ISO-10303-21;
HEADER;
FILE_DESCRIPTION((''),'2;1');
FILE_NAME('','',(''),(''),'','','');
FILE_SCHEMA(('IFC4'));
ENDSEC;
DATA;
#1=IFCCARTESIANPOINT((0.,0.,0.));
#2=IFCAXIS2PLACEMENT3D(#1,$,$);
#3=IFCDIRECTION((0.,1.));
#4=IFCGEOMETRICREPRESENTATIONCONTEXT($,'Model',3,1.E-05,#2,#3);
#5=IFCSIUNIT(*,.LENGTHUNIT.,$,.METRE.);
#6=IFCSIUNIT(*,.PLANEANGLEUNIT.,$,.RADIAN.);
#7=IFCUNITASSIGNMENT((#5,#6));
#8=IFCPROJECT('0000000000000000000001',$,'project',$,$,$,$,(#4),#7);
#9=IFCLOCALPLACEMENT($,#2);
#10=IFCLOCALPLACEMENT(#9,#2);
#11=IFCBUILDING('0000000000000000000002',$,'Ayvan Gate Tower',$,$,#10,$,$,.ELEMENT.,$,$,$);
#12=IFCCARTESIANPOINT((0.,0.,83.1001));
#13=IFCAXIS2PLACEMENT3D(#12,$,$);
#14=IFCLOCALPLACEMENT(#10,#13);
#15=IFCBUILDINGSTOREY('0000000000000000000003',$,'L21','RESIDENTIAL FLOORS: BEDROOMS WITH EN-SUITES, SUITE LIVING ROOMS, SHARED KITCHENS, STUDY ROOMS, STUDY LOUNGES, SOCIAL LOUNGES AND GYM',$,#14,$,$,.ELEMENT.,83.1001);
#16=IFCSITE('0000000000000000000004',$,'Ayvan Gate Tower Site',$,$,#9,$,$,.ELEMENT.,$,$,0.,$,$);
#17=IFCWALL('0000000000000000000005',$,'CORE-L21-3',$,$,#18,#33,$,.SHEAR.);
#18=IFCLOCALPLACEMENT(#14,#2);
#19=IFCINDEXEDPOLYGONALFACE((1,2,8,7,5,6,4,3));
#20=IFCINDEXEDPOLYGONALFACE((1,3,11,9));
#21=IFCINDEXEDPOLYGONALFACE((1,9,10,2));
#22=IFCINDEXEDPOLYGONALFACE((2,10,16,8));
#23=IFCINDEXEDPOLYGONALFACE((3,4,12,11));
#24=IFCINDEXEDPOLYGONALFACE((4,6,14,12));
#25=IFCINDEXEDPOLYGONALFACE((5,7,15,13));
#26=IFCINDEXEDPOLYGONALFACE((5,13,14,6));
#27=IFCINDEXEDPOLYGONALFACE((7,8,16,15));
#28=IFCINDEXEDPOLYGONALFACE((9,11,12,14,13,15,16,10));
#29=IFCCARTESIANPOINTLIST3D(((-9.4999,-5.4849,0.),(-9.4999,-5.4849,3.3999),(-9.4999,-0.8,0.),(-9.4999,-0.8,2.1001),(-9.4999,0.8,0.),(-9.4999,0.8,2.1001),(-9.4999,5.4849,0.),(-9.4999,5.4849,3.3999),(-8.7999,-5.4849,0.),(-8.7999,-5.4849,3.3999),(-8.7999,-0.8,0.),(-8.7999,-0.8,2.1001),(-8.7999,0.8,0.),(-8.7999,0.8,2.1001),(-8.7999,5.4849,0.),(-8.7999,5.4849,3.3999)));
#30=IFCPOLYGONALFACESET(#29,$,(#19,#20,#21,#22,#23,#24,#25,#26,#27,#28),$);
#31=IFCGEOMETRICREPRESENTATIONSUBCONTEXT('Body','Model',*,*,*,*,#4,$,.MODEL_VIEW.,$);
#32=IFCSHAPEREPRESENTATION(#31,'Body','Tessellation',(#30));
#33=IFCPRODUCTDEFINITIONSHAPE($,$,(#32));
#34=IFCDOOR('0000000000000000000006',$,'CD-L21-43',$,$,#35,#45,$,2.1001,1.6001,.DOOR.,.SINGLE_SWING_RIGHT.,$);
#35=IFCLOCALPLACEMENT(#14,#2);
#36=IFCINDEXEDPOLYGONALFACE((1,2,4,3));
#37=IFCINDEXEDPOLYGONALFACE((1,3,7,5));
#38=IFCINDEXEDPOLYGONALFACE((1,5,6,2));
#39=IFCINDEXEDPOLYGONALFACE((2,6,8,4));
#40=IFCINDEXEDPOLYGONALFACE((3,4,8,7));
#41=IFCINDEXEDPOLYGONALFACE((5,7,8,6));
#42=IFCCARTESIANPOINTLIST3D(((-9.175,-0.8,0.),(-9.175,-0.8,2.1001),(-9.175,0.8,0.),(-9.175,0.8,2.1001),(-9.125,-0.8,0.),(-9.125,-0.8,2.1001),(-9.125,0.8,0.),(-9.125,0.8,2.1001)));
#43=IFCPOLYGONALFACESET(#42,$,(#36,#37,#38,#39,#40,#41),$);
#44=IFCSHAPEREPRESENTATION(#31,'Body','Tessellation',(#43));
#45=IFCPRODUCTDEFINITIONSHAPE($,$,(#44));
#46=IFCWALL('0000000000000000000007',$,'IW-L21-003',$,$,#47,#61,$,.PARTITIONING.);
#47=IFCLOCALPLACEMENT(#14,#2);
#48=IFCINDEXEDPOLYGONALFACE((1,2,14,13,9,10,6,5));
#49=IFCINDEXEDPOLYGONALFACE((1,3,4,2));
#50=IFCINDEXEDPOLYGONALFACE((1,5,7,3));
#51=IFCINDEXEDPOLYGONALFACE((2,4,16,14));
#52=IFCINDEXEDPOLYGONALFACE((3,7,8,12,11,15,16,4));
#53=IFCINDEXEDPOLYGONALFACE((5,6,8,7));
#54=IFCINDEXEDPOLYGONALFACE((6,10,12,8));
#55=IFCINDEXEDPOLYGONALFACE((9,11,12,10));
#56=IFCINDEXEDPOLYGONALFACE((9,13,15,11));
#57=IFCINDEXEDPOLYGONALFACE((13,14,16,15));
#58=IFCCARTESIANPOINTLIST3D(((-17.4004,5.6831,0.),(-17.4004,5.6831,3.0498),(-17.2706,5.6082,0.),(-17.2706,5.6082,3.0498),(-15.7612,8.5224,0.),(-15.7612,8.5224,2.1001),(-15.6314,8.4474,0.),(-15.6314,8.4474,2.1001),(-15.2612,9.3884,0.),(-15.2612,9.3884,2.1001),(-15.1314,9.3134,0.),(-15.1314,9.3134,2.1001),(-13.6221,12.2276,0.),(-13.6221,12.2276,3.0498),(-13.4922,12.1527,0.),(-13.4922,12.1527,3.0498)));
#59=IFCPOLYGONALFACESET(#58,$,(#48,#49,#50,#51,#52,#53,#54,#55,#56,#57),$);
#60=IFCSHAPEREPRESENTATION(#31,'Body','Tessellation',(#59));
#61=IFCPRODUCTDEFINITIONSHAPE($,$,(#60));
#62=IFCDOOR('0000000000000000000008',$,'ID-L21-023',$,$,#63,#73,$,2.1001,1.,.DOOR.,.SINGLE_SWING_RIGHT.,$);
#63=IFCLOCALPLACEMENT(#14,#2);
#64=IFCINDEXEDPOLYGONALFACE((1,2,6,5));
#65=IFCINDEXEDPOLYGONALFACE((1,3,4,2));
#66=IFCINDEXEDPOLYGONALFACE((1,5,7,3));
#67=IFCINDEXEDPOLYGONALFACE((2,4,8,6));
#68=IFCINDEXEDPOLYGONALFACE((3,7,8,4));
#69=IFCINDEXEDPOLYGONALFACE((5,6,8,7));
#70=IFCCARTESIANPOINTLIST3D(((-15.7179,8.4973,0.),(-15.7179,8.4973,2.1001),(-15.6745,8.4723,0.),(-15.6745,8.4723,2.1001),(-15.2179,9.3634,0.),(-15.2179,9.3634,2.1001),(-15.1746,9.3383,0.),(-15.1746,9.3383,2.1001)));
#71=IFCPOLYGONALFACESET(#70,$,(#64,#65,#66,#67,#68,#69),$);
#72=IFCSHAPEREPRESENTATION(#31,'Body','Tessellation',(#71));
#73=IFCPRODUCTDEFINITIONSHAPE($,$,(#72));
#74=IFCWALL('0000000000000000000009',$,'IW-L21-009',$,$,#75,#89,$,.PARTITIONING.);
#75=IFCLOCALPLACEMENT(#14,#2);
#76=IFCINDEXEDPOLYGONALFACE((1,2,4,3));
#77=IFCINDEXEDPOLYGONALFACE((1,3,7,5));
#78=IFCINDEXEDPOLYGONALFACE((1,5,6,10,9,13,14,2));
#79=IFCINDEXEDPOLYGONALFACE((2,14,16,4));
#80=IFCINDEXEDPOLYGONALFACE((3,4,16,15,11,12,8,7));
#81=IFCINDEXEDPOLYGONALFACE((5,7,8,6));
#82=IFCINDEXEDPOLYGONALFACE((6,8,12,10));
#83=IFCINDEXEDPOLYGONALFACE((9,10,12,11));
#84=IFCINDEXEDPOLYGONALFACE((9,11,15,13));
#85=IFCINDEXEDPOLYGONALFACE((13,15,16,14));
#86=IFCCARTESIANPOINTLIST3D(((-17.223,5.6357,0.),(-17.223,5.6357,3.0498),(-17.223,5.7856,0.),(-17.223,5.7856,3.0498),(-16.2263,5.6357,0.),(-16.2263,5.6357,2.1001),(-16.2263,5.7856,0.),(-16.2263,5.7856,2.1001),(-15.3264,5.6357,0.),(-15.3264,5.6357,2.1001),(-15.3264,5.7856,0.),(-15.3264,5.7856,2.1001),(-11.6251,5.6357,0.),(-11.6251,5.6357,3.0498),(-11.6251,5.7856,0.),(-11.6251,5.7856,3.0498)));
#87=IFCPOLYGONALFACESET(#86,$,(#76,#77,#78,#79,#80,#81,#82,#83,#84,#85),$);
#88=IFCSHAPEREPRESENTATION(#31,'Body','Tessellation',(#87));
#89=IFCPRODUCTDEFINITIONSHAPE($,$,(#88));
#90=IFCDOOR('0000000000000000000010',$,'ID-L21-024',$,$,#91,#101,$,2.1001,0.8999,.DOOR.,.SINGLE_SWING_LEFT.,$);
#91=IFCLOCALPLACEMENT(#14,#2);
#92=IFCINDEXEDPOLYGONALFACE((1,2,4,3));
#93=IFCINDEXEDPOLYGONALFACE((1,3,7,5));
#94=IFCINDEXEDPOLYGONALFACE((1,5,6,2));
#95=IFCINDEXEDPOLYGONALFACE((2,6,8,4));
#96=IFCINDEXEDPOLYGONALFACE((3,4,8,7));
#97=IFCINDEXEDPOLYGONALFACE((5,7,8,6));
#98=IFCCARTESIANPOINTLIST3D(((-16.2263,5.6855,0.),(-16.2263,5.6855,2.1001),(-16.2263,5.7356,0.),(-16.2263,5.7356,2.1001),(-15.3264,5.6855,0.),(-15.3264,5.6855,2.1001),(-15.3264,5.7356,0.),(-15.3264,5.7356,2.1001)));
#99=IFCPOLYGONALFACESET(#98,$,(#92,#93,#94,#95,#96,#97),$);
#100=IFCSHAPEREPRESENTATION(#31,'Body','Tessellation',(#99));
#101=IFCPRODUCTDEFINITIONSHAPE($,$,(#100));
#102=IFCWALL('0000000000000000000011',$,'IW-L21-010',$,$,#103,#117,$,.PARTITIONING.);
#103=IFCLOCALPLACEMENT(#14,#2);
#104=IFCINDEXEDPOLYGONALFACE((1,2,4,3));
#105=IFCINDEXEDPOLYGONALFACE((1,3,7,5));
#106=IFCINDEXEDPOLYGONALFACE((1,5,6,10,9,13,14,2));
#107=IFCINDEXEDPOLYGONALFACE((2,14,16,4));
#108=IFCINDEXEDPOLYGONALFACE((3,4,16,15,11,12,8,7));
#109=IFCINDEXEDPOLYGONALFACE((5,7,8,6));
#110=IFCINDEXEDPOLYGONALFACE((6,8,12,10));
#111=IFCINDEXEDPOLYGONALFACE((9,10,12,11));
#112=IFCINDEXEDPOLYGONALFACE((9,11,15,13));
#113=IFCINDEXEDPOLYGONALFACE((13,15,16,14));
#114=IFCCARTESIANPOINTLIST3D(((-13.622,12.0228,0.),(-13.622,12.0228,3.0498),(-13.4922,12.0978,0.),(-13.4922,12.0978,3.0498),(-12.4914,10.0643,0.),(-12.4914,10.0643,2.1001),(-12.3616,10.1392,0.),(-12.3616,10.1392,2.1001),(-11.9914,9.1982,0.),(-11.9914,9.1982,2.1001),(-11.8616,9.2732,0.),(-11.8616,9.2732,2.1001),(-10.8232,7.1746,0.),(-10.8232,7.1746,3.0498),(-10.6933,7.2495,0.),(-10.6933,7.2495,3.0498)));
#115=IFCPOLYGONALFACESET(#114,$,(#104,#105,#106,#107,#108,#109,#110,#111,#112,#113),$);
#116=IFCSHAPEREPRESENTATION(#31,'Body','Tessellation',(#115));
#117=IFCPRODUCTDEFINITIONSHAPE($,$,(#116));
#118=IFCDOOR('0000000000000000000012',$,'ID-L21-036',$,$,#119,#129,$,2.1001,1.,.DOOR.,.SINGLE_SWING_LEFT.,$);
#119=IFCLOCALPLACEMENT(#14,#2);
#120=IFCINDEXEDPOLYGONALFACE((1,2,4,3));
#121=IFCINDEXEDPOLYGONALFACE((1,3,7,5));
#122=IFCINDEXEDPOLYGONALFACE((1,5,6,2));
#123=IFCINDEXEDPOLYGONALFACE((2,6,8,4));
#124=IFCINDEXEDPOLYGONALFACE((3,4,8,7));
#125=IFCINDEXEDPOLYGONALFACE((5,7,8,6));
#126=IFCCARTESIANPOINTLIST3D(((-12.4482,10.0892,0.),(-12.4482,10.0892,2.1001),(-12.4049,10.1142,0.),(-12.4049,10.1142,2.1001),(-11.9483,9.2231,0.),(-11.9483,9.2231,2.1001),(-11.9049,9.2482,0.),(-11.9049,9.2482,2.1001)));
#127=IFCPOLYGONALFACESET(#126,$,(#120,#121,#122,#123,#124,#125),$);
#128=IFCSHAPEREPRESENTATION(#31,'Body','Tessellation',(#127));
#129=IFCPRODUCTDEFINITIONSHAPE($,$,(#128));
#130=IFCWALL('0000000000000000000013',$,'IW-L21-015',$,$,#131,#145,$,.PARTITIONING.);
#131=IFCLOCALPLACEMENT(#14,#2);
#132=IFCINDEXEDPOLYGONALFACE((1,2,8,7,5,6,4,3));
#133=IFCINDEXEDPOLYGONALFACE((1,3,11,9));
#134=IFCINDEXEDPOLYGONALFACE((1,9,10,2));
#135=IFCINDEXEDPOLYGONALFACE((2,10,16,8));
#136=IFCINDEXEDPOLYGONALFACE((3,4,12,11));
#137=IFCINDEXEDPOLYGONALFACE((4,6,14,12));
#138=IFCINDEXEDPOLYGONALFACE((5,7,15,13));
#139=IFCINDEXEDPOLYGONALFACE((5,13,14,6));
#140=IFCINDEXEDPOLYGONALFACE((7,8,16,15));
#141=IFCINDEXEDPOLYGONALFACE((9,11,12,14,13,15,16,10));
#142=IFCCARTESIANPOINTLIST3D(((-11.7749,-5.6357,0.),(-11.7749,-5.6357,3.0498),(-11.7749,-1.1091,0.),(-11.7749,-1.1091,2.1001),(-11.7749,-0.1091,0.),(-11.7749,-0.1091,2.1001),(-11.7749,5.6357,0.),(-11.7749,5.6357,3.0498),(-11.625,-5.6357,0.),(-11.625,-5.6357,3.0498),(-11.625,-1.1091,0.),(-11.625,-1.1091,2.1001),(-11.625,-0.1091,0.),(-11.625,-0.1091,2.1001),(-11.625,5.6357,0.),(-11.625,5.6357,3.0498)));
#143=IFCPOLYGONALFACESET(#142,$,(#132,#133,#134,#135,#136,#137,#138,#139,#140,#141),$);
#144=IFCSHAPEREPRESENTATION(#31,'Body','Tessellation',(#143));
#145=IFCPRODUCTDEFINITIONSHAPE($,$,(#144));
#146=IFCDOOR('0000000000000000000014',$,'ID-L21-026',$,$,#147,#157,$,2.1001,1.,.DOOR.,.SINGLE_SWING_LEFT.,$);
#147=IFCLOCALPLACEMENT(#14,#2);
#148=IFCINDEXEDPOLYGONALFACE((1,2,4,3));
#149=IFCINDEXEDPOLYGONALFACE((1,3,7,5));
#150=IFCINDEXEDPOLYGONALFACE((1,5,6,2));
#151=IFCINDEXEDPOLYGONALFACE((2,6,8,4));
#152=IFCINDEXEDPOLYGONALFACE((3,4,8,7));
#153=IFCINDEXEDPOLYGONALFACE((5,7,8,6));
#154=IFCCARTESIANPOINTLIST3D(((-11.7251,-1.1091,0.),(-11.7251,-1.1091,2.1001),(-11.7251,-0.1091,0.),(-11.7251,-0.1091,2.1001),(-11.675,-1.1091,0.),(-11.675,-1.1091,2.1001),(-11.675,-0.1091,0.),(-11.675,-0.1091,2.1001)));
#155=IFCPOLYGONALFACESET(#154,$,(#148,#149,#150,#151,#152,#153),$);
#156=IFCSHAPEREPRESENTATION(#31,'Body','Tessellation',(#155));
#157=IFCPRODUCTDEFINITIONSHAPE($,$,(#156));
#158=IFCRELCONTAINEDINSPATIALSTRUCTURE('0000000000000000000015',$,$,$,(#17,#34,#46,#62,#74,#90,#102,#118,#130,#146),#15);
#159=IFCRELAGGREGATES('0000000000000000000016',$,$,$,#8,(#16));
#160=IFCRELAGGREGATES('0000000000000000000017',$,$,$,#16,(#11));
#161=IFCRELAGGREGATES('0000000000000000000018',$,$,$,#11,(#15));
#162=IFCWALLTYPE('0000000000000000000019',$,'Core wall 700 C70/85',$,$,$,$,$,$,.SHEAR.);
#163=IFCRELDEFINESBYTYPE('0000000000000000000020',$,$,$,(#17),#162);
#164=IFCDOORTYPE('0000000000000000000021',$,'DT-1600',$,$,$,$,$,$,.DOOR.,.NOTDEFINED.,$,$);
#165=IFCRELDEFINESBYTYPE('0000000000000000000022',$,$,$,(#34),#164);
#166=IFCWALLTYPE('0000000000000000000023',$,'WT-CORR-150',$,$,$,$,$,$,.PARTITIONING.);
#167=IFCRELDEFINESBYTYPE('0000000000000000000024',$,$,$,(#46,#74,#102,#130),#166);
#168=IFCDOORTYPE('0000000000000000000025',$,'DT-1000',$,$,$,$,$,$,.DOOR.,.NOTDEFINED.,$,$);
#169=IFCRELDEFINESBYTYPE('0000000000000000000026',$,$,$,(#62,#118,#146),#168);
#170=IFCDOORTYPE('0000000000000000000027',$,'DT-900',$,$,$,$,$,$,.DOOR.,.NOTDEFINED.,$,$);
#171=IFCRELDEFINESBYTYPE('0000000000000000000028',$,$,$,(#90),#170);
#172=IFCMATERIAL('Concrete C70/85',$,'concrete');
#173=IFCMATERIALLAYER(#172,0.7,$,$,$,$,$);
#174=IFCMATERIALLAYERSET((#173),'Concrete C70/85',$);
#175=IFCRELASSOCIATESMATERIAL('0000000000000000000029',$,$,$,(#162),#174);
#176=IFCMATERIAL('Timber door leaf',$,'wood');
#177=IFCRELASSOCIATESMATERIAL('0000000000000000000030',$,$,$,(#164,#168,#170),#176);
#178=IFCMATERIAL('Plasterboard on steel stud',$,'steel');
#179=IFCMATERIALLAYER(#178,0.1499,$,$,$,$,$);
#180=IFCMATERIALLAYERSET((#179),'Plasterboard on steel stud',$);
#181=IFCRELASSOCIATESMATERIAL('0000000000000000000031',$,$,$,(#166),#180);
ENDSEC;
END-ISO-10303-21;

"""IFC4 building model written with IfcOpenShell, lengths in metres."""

from ifc_helpers import new_model, si_unit, direction, frame, frame_2d, origin, place, context, subcontext, project, spatial, rectangle, extrude, material, layer, layer_set, type_object, element, fill, save


model = new_model("IFC4")

# Units and contexts
model_context = context("Model", 3, precision=1e-05, world=origin(), true_north=direction((0.0, 1.0)))
body_context = subcontext(model_context, "Body", "Model", "MODEL_VIEW")
ifc_project = project(units=[si_unit("LENGTHUNIT", "METRE"), si_unit("PLANEANGLEUNIT", "RADIAN")], contexts=[model_context])

# Site, building, storey
site_placement = place(None, origin())
site = spatial("IfcSite", under=ifc_project, at=site_placement, Name="Ayvan Gate Tower Site", CompositionType="ELEMENT", RefElevation=0.0)
building_placement = place(site_placement, origin())
building = spatial("IfcBuilding", under=site, at=building_placement, Name="Ayvan Gate Tower", CompositionType="ELEMENT")
storey_placement = place(building_placement, frame((0.0, 0.0, 83.1001)))
storey = spatial("IfcBuildingStorey", under=building, at=storey_placement, Name="L21", Description="RESIDENTIAL FLOORS: BEDROOMS WITH EN-SUITES, SUITE LIVING ROOMS, SHARED KITCHENS, STUDY ROOMS, STUDY LOUNGES, SOCIAL LOUNGES AND GYM", CompositionType="ELEMENT", Elevation=83.1001)

# Walls, openings, doors
ifc_material_1 = material(Name="Concrete C70/85", Category="concrete")
ifc_layer_1 = layer(ifc_material_1, 0.7)
ifc_layer_set_1 = layer_set([ifc_layer_1], Name="Concrete C70/85")
wall_type_1 = type_object("IfcWallType", Name="Core wall 700 C70/85", PredefinedType="SHEAR", material=ifc_layer_set_1)
wall_1_placement = place(storey_placement, frame((-9.1499, 5.4849, 0.0), z_axis=(0.0, 0.0, 1.0), x_axis=(0.0, -1.0, 0.0)))
wall_1 = element("IfcWall", 1, at=wall_1_placement, inside=storey, type_object=wall_type_1, Name="CORE-L21-3", PredefinedType="SHEAR", context=body_context, shape_type="SweptSolid", body=[
    extrude(rectangle(XDim=10.9697, YDim=0.7, at=frame_2d((5.4849, 0.0))), origin(), (0.0, 0.0, 1.0), 3.3999),
])
opening_1_placement = place(wall_1_placement, frame((4.6848, 0.0, 0.0)))
opening_1 = element("IfcOpeningElement", 2, at=opening_1_placement, cuts=wall_1, PredefinedType="OPENING", context=body_context, shape_type="SweptSolid", body=[
    extrude(rectangle(XDim=1.6001, YDim=2.1001, at=frame_2d((0.8, 1.05))), frame((0.0, 0.3599, 0.0), z_axis=(0.0, -1.0, 0.0), x_axis=(1.0, 0.0, 0.0)), (0.0, 0.0, 1.0), 0.72),
])
ifc_material_2 = material(Name="Timber door leaf", Category="wood")
door_type_1 = type_object("IfcDoorType", Name="DT-1600", OperationType="NOTDEFINED", PredefinedType="DOOR", material=ifc_material_2)
door_1_placement = place(opening_1_placement, origin())
door_1 = element("IfcDoor", 3, at=door_1_placement, inside=storey, type_object=door_type_1, Name="CD-L21-43", OperationType="SINGLE_SWING_RIGHT", OverallHeight=2.1001, OverallWidth=1.6001, PredefinedType="DOOR", context=body_context, shape_type="SweptSolid", body=[
    extrude(rectangle(XDim=1.6001, YDim=2.1001, at=frame_2d((0.8, 1.05))), frame((0.0, 0.0249, 0.0), z_axis=(0.0, -1.0, 0.0), x_axis=(1.0, 0.0, 0.0)), (0.0, 0.0, 1.0), 0.05),
])
fill(opening_1, door_1)
ifc_material_3 = material(Name="Plasterboard on steel stud", Category="steel")
ifc_layer_2 = layer(ifc_material_3, 0.1499)
ifc_layer_set_2 = layer_set([ifc_layer_2], Name="Plasterboard on steel stud")
wall_type_2 = type_object("IfcWallType", Name="WT-CORR-150", PredefinedType="PARTITIONING", material=ifc_layer_set_2)
wall_2_placement = place(storey_placement, frame((-17.3354, 5.6458, 0.0), z_axis=(0.0, 0.0, 1.0), x_axis=(0.499989, 0.866032, 0.0)))
wall_2 = element("IfcWall", 4, at=wall_2_placement, inside=storey, type_object=wall_type_2, Name="IW-L21-003", PredefinedType="PARTITIONING", context=body_context, shape_type="SweptSolid", body=[
    extrude(rectangle(XDim=7.5569, YDim=0.1499, at=frame_2d((3.7783, 0.0))), origin(), (0.0, 0.0, 1.0), 3.0498),
])
opening_2_placement = place(wall_2_placement, frame((3.2783, 0.0, 0.0)))
opening_2 = element("IfcOpeningElement", 5, at=opening_2_placement, cuts=wall_2, PredefinedType="OPENING", context=body_context, shape_type="SweptSolid", body=[
    extrude(rectangle(XDim=1.0, YDim=2.1001, at=frame_2d((0.5, 1.05))), frame((0.0, 0.085, 0.0), z_axis=(0.0, -1.0, 0.0), x_axis=(1.0, 0.0, 0.0)), (0.0, 0.0, 1.0), 0.1699),
])
door_type_2 = type_object("IfcDoorType", Name="DT-1000", OperationType="NOTDEFINED", PredefinedType="DOOR", material=ifc_material_2)
door_2_placement = place(opening_2_placement, origin())
door_2 = element("IfcDoor", 6, at=door_2_placement, inside=storey, type_object=door_type_2, Name="ID-L21-023", OperationType="SINGLE_SWING_RIGHT", OverallHeight=2.1001, OverallWidth=1.0, PredefinedType="DOOR", context=body_context, shape_type="SweptSolid", body=[
    extrude(rectangle(XDim=1.0, YDim=2.1001, at=frame_2d((0.5, 1.05))), frame((0.0, 0.0249, 0.0), z_axis=(0.0, -1.0, 0.0), x_axis=(1.0, 0.0, 0.0)), (0.0, 0.0, 1.0), 0.05),
])
fill(opening_2, door_2)
wall_3_placement = place(storey_placement, frame((-17.2229, 5.7107, 0.0), z_axis=(0.0, 0.0, 1.0), x_axis=(1.0, 0.0, 0.0)))
wall_3 = element("IfcWall", 7, at=wall_3_placement, inside=storey, type_object=wall_type_2, Name="IW-L21-009", PredefinedType="PARTITIONING", context=body_context, shape_type="SweptSolid", body=[
    extrude(rectangle(XDim=5.5979, YDim=0.1499, at=frame_2d((2.7988, 0.0))), origin(), (0.0, 0.0, 1.0), 3.0498),
])
opening_3_placement = place(wall_3_placement, frame((0.9966, 0.0, 0.0)))
opening_3 = element("IfcOpeningElement", 8, at=opening_3_placement, cuts=wall_3, PredefinedType="OPENING", context=body_context, shape_type="SweptSolid", body=[
    extrude(rectangle(XDim=0.8999, YDim=2.1001, at=frame_2d((0.45, 1.05))), frame((0.0, 0.085, 0.0), z_axis=(0.0, -1.0, 0.0), x_axis=(1.0, 0.0, 0.0)), (0.0, 0.0, 1.0), 0.1699),
])
door_type_3 = type_object("IfcDoorType", Name="DT-900", OperationType="NOTDEFINED", PredefinedType="DOOR", material=ifc_material_2)
door_3_placement = place(opening_3_placement, origin())
door_3 = element("IfcDoor", 9, at=door_3_placement, inside=storey, type_object=door_type_3, Name="ID-L21-024", OperationType="SINGLE_SWING_LEFT", OverallHeight=2.1001, OverallWidth=0.8999, PredefinedType="DOOR", context=body_context, shape_type="SweptSolid", body=[
    extrude(rectangle(XDim=0.8999, YDim=2.1001, at=frame_2d((0.45, 1.05))), frame((0.0, 0.0249, 0.0), z_axis=(0.0, -1.0, 0.0), x_axis=(1.0, 0.0, 0.0)), (0.0, 0.0, 1.0), 0.05),
])
fill(opening_3, door_3)
wall_4_placement = place(storey_placement, frame((-13.5571, 12.0603, 0.0), z_axis=(0.0, 0.0, 1.0), x_axis=(0.499967, -0.866045, 0.0)))
wall_4 = element("IfcWall", 10, at=wall_4_placement, inside=storey, type_object=wall_type_2, Name="IW-L21-010", PredefinedType="PARTITIONING", context=body_context, shape_type="SweptSolid", body=[
    extrude(rectangle(XDim=5.5981, YDim=0.1499, at=frame_2d((2.7991, 0.0))), origin(), (0.0, 0.0, 1.0), 3.0498),
])
opening_4_placement = place(wall_4_placement, frame((2.2615, 0.0, 0.0)))
opening_4 = element("IfcOpeningElement", 11, at=opening_4_placement, cuts=wall_4, PredefinedType="OPENING", context=body_context, shape_type="SweptSolid", body=[
    extrude(rectangle(XDim=1.0, YDim=2.1001, at=frame_2d((0.5, 1.05))), frame((0.0, 0.085, 0.0), z_axis=(0.0, -1.0, 0.0), x_axis=(1.0, 0.0, 0.0)), (0.0, 0.0, 1.0), 0.1699),
])
door_4_placement = place(opening_4_placement, origin())
door_4 = element("IfcDoor", 12, at=door_4_placement, inside=storey, type_object=door_type_2, Name="ID-L21-036", OperationType="SINGLE_SWING_LEFT", OverallHeight=2.1001, OverallWidth=1.0, PredefinedType="DOOR", context=body_context, shape_type="SweptSolid", body=[
    extrude(rectangle(XDim=1.0, YDim=2.1001, at=frame_2d((0.5, 1.05))), frame((0.0, 0.0249, 0.0), z_axis=(0.0, -1.0, 0.0), x_axis=(1.0, 0.0, 0.0)), (0.0, 0.0, 1.0), 0.05),
])
fill(opening_4, door_4)
wall_5_placement = place(storey_placement, frame((-11.7, 5.6357, 0.0), z_axis=(0.0, 0.0, 1.0), x_axis=(0.0, -1.0, 0.0)))
wall_5 = element("IfcWall", 13, at=wall_5_placement, inside=storey, type_object=wall_type_2, Name="IW-L21-015", PredefinedType="PARTITIONING", context=body_context, shape_type="SweptSolid", body=[
    extrude(rectangle(XDim=11.2715, YDim=0.1499, at=frame_2d((5.6357, 0.0))), origin(), (0.0, 0.0, 1.0), 3.0498),
])
opening_5_placement = place(wall_5_placement, frame((5.7449, 0.0, 0.0)))
opening_5 = element("IfcOpeningElement", 14, at=opening_5_placement, cuts=wall_5, PredefinedType="OPENING", context=body_context, shape_type="SweptSolid", body=[
    extrude(rectangle(XDim=1.0, YDim=2.1001, at=frame_2d((0.5, 1.05))), frame((0.0, 0.085, 0.0), z_axis=(0.0, -1.0, 0.0), x_axis=(1.0, 0.0, 0.0)), (0.0, 0.0, 1.0), 0.1699),
])
door_5_placement = place(opening_5_placement, origin())
door_5 = element("IfcDoor", 15, at=door_5_placement, inside=storey, type_object=door_type_2, Name="ID-L21-026", OperationType="SINGLE_SWING_LEFT", OverallHeight=2.1001, OverallWidth=1.0, PredefinedType="DOOR", context=body_context, shape_type="SweptSolid", body=[
    extrude(rectangle(XDim=1.0, YDim=2.1001, at=frame_2d((0.5, 1.05))), frame((0.0, 0.0249, 0.0), z_axis=(0.0, -1.0, 0.0), x_axis=(1.0, 0.0, 0.0)), (0.0, 0.0, 1.0), 0.05),
])
fill(opening_5, door_5)

save(model, "model.ifc")
